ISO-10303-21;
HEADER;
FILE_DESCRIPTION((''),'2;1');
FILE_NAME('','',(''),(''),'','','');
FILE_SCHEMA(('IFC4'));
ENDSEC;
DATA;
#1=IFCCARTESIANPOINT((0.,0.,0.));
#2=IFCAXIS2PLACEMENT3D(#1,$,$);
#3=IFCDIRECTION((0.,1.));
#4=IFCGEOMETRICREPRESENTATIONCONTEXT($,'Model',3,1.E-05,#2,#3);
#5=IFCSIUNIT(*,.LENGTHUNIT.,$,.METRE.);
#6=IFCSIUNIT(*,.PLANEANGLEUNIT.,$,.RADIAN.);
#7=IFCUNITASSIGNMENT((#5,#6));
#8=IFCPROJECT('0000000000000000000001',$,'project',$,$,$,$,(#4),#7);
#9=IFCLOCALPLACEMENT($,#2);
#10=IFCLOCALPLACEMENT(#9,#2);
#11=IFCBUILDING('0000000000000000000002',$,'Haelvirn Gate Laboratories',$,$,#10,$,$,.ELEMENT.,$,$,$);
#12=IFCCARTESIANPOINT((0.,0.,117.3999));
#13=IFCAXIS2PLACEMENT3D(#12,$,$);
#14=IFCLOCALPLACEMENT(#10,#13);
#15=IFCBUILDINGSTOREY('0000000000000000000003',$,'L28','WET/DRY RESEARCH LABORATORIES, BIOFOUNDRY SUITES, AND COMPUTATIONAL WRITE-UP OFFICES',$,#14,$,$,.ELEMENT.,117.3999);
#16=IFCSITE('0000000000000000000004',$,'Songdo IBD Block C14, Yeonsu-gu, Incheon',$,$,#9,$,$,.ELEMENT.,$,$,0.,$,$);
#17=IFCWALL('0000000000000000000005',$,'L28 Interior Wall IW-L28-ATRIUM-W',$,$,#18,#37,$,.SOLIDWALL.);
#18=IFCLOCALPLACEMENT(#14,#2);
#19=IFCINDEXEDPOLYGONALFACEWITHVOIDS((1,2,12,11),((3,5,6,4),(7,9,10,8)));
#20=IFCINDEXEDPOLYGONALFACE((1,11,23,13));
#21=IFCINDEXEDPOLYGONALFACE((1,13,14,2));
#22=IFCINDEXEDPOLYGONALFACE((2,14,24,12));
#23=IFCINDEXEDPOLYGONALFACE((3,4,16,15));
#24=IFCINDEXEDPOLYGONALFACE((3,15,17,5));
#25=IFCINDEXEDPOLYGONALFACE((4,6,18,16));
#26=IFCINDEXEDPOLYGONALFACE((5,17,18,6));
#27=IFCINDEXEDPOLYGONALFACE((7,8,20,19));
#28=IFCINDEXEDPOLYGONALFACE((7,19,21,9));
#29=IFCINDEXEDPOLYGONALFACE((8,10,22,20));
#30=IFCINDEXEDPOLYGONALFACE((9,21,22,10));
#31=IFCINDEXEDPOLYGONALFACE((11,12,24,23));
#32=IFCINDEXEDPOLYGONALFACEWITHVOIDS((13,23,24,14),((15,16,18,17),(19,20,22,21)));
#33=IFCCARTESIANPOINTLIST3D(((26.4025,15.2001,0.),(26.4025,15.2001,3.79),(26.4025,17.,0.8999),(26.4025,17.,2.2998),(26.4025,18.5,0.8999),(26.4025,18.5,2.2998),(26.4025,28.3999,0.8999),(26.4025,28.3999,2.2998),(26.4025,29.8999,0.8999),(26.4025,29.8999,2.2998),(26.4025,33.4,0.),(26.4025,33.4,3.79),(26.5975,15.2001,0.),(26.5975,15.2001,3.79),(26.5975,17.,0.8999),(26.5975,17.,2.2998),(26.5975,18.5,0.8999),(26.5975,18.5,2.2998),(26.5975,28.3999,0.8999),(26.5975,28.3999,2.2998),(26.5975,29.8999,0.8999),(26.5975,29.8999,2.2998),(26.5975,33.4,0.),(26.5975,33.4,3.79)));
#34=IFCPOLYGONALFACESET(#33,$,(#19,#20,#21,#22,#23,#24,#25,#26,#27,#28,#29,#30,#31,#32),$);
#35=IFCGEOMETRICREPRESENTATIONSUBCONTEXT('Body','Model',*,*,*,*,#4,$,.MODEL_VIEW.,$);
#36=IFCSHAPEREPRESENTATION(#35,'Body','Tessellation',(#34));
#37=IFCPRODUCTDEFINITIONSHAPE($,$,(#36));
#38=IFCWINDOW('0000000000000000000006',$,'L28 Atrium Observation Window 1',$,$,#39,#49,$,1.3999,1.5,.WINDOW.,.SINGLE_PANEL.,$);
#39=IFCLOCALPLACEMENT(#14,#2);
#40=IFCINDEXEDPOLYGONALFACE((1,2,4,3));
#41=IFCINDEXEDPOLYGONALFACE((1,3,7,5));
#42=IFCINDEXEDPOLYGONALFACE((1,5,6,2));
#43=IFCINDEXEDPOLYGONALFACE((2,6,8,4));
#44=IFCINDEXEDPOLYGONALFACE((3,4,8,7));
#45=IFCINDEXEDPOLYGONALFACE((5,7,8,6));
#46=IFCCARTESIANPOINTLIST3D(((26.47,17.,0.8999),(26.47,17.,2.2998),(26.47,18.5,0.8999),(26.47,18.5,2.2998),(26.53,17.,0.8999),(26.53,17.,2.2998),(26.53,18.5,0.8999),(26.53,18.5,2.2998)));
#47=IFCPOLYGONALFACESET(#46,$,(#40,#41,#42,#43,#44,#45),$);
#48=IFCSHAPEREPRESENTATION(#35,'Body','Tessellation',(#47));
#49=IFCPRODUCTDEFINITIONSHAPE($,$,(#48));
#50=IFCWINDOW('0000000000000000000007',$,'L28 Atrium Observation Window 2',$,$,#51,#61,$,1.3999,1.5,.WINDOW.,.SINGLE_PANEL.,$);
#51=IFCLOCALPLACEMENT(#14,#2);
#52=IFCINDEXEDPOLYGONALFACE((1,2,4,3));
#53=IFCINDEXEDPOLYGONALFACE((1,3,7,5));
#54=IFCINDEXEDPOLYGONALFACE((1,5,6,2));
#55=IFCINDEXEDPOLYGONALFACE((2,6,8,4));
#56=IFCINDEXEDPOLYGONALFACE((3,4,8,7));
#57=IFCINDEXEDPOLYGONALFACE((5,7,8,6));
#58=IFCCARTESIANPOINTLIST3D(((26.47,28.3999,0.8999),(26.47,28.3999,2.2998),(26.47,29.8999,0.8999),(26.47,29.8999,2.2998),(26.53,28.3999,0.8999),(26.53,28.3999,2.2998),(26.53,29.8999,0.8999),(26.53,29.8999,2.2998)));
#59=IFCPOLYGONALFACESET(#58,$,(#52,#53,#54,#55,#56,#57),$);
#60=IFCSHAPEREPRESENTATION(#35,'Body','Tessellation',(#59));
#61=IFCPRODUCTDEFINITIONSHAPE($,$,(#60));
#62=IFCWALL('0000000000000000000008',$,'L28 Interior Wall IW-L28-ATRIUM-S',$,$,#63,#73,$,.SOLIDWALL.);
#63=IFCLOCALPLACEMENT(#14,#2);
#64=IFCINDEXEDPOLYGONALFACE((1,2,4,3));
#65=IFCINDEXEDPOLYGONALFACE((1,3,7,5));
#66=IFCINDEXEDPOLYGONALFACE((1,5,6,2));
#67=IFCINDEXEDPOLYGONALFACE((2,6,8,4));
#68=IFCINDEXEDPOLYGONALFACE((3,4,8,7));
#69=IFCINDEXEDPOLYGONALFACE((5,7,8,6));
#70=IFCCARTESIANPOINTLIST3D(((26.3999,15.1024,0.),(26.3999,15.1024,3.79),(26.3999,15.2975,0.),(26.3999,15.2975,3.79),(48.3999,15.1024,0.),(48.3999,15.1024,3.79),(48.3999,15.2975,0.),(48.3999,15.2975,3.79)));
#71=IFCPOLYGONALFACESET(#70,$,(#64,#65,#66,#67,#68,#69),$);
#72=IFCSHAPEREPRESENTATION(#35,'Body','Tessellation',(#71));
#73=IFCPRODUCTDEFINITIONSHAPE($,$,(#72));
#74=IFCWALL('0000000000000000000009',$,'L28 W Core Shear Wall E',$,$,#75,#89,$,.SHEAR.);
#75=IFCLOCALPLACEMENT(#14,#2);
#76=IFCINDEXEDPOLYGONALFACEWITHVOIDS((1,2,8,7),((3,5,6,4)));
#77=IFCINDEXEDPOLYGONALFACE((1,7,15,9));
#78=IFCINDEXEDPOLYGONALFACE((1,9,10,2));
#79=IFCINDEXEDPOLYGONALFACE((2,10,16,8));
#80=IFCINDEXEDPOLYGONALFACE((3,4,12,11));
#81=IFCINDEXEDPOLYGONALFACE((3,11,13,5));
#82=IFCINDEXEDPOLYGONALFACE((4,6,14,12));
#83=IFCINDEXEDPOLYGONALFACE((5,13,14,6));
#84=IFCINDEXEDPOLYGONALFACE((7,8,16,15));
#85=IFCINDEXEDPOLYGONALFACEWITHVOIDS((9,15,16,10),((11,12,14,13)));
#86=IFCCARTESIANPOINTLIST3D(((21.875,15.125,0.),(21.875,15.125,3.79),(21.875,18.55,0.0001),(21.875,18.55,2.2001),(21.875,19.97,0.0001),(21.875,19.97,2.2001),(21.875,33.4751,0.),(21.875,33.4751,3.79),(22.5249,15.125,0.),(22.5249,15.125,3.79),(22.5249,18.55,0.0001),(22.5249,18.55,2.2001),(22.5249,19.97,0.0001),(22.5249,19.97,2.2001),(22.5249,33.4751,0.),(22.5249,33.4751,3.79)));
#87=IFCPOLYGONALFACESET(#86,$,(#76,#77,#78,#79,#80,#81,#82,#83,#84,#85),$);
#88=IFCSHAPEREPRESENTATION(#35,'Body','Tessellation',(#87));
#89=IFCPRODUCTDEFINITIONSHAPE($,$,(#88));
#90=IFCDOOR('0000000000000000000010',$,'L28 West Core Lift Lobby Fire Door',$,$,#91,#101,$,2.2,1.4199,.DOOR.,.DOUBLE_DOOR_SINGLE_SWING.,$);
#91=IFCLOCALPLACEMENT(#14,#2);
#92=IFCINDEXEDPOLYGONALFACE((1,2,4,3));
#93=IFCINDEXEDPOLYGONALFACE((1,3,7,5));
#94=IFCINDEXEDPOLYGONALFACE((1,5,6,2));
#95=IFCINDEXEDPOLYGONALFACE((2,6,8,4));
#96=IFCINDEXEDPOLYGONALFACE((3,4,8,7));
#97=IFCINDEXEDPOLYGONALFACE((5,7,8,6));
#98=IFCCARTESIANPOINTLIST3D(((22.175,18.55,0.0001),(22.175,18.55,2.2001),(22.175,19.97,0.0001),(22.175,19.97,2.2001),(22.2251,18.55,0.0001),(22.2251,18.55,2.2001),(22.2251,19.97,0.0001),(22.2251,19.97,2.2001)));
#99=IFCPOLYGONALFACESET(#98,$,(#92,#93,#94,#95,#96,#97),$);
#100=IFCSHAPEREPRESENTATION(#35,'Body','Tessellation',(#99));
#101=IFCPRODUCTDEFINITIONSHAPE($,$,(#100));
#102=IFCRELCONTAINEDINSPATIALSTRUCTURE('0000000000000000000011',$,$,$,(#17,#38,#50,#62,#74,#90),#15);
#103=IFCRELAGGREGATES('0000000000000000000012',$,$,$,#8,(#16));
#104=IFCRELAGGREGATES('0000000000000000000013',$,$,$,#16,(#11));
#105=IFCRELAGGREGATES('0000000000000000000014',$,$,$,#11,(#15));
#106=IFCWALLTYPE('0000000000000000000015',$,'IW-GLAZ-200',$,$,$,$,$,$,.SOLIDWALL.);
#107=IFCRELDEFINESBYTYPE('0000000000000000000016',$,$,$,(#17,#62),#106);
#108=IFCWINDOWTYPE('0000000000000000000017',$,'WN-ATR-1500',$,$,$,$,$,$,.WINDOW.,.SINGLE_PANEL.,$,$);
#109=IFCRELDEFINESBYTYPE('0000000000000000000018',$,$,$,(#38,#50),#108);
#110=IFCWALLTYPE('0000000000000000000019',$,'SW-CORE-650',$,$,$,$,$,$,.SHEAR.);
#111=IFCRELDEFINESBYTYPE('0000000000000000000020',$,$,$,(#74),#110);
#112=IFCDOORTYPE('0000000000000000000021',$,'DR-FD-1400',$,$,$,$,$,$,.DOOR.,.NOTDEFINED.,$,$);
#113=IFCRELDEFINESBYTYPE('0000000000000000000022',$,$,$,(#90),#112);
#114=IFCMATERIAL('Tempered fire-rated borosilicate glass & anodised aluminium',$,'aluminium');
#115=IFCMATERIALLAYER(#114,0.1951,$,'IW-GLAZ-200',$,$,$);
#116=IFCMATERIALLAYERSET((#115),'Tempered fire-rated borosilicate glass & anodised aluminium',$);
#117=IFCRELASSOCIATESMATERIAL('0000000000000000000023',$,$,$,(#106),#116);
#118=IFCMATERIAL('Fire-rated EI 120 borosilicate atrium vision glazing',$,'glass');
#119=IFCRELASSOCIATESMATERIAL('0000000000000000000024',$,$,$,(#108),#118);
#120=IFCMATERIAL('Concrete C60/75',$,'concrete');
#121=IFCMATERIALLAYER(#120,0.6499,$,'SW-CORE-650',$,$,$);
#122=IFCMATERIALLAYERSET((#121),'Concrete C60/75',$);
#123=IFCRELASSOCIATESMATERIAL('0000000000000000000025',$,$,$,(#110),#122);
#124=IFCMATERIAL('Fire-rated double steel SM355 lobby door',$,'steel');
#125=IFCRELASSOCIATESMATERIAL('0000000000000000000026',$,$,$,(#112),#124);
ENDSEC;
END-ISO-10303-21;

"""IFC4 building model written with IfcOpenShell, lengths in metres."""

from ifc_helpers import new_model, si_unit, direction, frame, frame_2d, origin, place, context, subcontext, project, spatial, rectangle, extrude, source, transform, mapped, material, layer, layer_set, type_object, type_shapes, element, fill, save


model = new_model("IFC4")

# Units and contexts
model_context = context("Model", 3, precision=1e-05, world=origin(), true_north=direction((0.0, 1.0)))
body_context = subcontext(model_context, "Body", "Model", "MODEL_VIEW")
ifc_project = project(units=[si_unit("LENGTHUNIT", "METRE"), si_unit("PLANEANGLEUNIT", "RADIAN")], contexts=[model_context])

# Site, building, storey
site_placement = place(None, origin())
site = spatial("IfcSite", under=ifc_project, at=site_placement, Name="Songdo IBD Block C14, Yeonsu-gu, Incheon", CompositionType="ELEMENT", RefElevation=0.0)
building_placement = place(site_placement, origin())
building = spatial("IfcBuilding", under=site, at=building_placement, Name="Haelvirn Gate Laboratories", CompositionType="ELEMENT")
storey_placement = place(building_placement, frame((0.0, 0.0, 117.3999)))
storey = spatial("IfcBuildingStorey", under=building, at=storey_placement, Name="L28", Description="WET/DRY RESEARCH LABORATORIES, BIOFOUNDRY SUITES, AND COMPUTATIONAL WRITE-UP OFFICES", CompositionType="ELEMENT", Elevation=117.3999)

# Shared definitions
ifc_material_1 = material(Name="Concrete C60/75", Category="concrete")

# Wall, openings, windows
ifc_material_2 = material(Name="Tempered fire-rated borosilicate glass & anodised aluminium", Category="aluminium")
ifc_layer_1 = layer(ifc_material_2, 0.1951, Name="IW-GLAZ-200")
ifc_layer_set_1 = layer_set([ifc_layer_1], Name="Tempered fire-rated borosilicate glass & anodised aluminium")
wall_type_1 = type_object("IfcWallType", Name="IW-GLAZ-200", PredefinedType="SOLIDWALL", material=ifc_layer_set_1)
wall_1_placement = place(storey_placement, frame((26.5, 15.2, 0.0), z_axis=(0.0, 0.0, 1.0), x_axis=(0.0, 1.0, 0.0)))
wall_1 = element("IfcWall", 1, at=wall_1_placement, inside=storey, type_object=wall_type_1, Name="L28 Interior Wall IW-L28-ATRIUM-W", PredefinedType="SOLIDWALL", context=body_context, shape_type="SweptSolid", body=[
    extrude(rectangle(XDim=18.2, YDim=0.1951, at=frame_2d((9.1001, 0.0))), origin(), (0.0, 0.0, 1.0), 3.79),
])
opening_1_placement = place(wall_1_placement, frame((1.8, 0.0, 0.8999)))
opening_1 = element("IfcOpeningElement", 2, at=opening_1_placement, cuts=wall_1, PredefinedType="OPENING", context=body_context, shape_type="SweptSolid", body=[
    extrude(rectangle(XDim=1.5, YDim=1.3999, at=frame_2d((0.75, 0.7))), frame((0.0, 0.1074, 0.0), z_axis=(0.0, -1.0, 0.0), x_axis=(1.0, 0.0, 0.0)), (0.0, 0.0, 1.0), 0.2151),
])
opening_2_placement = place(wall_1_placement, frame((13.2, 0.0, 0.8999)))
opening_2 = element("IfcOpeningElement", 3, at=opening_2_placement, cuts=wall_1, PredefinedType="OPENING", context=body_context, shape_type="SweptSolid", body=[
    extrude(rectangle(XDim=1.5, YDim=1.3999, at=frame_2d((0.75, 0.7))), frame((0.0, 0.1074, 0.0), z_axis=(0.0, -1.0, 0.0), x_axis=(1.0, 0.0, 0.0)), (0.0, 0.0, 1.0), 0.2151),
])
ifc_material_3 = material(Name="Fire-rated EI 120 borosilicate atrium vision glazing", Category="glass")
window_type = type_object("IfcWindowType", Name="WN-ATR-1500", PartitioningType="SINGLE_PANEL", PredefinedType="WINDOW", material=ifc_material_3)
shared_shape_1 = source(origin(), body_context, "Body", "SweptSolid", [
    extrude(rectangle(XDim=1.5, YDim=1.3999, at=frame_2d((0.75, 0.7))), frame((0.0, 0.03, 0.0), z_axis=(0.0, -1.0, 0.0), x_axis=(1.0, 0.0, 0.0)), (0.0, 0.0, 1.0), 0.0601),
])
type_shapes(window_type, [shared_shape_1])
window_1_placement = place(opening_1_placement, origin())
window_1 = element("IfcWindow", 4, at=window_1_placement, inside=storey, type_object=window_type, Name="L28 Atrium Observation Window 1", OverallHeight=1.3999, OverallWidth=1.5, PartitioningType="SINGLE_PANEL", PredefinedType="WINDOW", context=body_context, shape_type="MappedRepresentation", body=[
    mapped(shared_shape_1, transform((0.0, 0.0, 0.0), scale=1.0)),
])
fill(opening_1, window_1)
window_2_placement = place(opening_2_placement, origin())
window_2 = element("IfcWindow", 5, at=window_2_placement, inside=storey, type_object=window_type, Name="L28 Atrium Observation Window 2", OverallHeight=1.3999, OverallWidth=1.5, PartitioningType="SINGLE_PANEL", PredefinedType="WINDOW", context=body_context, shape_type="MappedRepresentation", body=[
    mapped(shared_shape_1, transform((0.0, 0.0, 0.0), scale=1.0)),
])
fill(opening_2, window_2)

# Wall
wall_2_placement = place(storey_placement, frame((26.3999, 15.2, 0.0), z_axis=(0.0, 0.0, 1.0), x_axis=(1.0, 0.0, 0.0)))
element("IfcWall", 6, at=wall_2_placement, inside=storey, type_object=wall_type_1, Name="L28 Interior Wall IW-L28-ATRIUM-S", PredefinedType="SOLIDWALL", context=body_context, shape_type="SweptSolid", body=[
    extrude(rectangle(XDim=22.0, YDim=0.1951, at=frame_2d((11.0, 0.0))), origin(), (0.0, 0.0, 1.0), 3.79),
])

# Wall, opening, door
ifc_layer_2 = layer(ifc_material_1, 0.6499, Name="SW-CORE-650")
ifc_layer_set_2 = layer_set([ifc_layer_2], Name="Concrete C60/75")
wall_type_2 = type_object("IfcWallType", Name="SW-CORE-650", PredefinedType="SHEAR", material=ifc_layer_set_2)
wall_3_placement = place(storey_placement, frame((22.2, 15.125, 0.0), z_axis=(0.0, 0.0, 1.0), x_axis=(0.0, 1.0, 0.0)))
wall_3 = element("IfcWall", 7, at=wall_3_placement, inside=storey, type_object=wall_type_2, Name="L28 W Core Shear Wall E", PredefinedType="SHEAR", context=body_context, shape_type="SweptSolid", body=[
    extrude(rectangle(XDim=18.3501, YDim=0.6499, at=frame_2d((9.175, 0.0))), origin(), (0.0, 0.0, 1.0), 3.79),
])
opening_3_placement = place(wall_3_placement, frame((3.425, 0.0, 0.0)))
opening_3 = element("IfcOpeningElement", 8, at=opening_3_placement, cuts=wall_3, PredefinedType="OPENING", context=body_context, shape_type="SweptSolid", body=[
    extrude(rectangle(XDim=1.4199, YDim=2.2, at=frame_2d((0.71, 1.1001))), frame((0.0, 0.335, 0.0), z_axis=(0.0, -1.0, 0.0), x_axis=(1.0, 0.0, 0.0)), (0.0, 0.0, 1.0), 0.6699),
])
ifc_material_4 = material(Name="Fire-rated double steel SM355 lobby door", Category="steel")
door_type = type_object("IfcDoorType", Name="DR-FD-1400", OperationType="NOTDEFINED", PredefinedType="DOOR", material=ifc_material_4)
shared_shape_2 = source(origin(), body_context, "Body", "SweptSolid", [
    extrude(rectangle(XDim=1.4199, YDim=2.2, at=frame_2d((0.71, 1.1001))), frame((0.0, 0.0249, 0.0), z_axis=(0.0, -1.0, 0.0), x_axis=(1.0, 0.0, 0.0)), (0.0, 0.0, 1.0), 0.05),
])
type_shapes(door_type, [shared_shape_2])
door_placement = place(opening_3_placement, origin())
door = element("IfcDoor", 9, at=door_placement, inside=storey, type_object=door_type, Name="L28 West Core Lift Lobby Fire Door", OperationType="DOUBLE_DOOR_SINGLE_SWING", OverallHeight=2.2, OverallWidth=1.4199, PredefinedType="DOOR", context=body_context, shape_type="MappedRepresentation", body=[
    mapped(shared_shape_2, transform((0.0, 0.0, 0.0), scale=1.0)),
])
fill(opening_3, door)

save(model, "model.ifc")
